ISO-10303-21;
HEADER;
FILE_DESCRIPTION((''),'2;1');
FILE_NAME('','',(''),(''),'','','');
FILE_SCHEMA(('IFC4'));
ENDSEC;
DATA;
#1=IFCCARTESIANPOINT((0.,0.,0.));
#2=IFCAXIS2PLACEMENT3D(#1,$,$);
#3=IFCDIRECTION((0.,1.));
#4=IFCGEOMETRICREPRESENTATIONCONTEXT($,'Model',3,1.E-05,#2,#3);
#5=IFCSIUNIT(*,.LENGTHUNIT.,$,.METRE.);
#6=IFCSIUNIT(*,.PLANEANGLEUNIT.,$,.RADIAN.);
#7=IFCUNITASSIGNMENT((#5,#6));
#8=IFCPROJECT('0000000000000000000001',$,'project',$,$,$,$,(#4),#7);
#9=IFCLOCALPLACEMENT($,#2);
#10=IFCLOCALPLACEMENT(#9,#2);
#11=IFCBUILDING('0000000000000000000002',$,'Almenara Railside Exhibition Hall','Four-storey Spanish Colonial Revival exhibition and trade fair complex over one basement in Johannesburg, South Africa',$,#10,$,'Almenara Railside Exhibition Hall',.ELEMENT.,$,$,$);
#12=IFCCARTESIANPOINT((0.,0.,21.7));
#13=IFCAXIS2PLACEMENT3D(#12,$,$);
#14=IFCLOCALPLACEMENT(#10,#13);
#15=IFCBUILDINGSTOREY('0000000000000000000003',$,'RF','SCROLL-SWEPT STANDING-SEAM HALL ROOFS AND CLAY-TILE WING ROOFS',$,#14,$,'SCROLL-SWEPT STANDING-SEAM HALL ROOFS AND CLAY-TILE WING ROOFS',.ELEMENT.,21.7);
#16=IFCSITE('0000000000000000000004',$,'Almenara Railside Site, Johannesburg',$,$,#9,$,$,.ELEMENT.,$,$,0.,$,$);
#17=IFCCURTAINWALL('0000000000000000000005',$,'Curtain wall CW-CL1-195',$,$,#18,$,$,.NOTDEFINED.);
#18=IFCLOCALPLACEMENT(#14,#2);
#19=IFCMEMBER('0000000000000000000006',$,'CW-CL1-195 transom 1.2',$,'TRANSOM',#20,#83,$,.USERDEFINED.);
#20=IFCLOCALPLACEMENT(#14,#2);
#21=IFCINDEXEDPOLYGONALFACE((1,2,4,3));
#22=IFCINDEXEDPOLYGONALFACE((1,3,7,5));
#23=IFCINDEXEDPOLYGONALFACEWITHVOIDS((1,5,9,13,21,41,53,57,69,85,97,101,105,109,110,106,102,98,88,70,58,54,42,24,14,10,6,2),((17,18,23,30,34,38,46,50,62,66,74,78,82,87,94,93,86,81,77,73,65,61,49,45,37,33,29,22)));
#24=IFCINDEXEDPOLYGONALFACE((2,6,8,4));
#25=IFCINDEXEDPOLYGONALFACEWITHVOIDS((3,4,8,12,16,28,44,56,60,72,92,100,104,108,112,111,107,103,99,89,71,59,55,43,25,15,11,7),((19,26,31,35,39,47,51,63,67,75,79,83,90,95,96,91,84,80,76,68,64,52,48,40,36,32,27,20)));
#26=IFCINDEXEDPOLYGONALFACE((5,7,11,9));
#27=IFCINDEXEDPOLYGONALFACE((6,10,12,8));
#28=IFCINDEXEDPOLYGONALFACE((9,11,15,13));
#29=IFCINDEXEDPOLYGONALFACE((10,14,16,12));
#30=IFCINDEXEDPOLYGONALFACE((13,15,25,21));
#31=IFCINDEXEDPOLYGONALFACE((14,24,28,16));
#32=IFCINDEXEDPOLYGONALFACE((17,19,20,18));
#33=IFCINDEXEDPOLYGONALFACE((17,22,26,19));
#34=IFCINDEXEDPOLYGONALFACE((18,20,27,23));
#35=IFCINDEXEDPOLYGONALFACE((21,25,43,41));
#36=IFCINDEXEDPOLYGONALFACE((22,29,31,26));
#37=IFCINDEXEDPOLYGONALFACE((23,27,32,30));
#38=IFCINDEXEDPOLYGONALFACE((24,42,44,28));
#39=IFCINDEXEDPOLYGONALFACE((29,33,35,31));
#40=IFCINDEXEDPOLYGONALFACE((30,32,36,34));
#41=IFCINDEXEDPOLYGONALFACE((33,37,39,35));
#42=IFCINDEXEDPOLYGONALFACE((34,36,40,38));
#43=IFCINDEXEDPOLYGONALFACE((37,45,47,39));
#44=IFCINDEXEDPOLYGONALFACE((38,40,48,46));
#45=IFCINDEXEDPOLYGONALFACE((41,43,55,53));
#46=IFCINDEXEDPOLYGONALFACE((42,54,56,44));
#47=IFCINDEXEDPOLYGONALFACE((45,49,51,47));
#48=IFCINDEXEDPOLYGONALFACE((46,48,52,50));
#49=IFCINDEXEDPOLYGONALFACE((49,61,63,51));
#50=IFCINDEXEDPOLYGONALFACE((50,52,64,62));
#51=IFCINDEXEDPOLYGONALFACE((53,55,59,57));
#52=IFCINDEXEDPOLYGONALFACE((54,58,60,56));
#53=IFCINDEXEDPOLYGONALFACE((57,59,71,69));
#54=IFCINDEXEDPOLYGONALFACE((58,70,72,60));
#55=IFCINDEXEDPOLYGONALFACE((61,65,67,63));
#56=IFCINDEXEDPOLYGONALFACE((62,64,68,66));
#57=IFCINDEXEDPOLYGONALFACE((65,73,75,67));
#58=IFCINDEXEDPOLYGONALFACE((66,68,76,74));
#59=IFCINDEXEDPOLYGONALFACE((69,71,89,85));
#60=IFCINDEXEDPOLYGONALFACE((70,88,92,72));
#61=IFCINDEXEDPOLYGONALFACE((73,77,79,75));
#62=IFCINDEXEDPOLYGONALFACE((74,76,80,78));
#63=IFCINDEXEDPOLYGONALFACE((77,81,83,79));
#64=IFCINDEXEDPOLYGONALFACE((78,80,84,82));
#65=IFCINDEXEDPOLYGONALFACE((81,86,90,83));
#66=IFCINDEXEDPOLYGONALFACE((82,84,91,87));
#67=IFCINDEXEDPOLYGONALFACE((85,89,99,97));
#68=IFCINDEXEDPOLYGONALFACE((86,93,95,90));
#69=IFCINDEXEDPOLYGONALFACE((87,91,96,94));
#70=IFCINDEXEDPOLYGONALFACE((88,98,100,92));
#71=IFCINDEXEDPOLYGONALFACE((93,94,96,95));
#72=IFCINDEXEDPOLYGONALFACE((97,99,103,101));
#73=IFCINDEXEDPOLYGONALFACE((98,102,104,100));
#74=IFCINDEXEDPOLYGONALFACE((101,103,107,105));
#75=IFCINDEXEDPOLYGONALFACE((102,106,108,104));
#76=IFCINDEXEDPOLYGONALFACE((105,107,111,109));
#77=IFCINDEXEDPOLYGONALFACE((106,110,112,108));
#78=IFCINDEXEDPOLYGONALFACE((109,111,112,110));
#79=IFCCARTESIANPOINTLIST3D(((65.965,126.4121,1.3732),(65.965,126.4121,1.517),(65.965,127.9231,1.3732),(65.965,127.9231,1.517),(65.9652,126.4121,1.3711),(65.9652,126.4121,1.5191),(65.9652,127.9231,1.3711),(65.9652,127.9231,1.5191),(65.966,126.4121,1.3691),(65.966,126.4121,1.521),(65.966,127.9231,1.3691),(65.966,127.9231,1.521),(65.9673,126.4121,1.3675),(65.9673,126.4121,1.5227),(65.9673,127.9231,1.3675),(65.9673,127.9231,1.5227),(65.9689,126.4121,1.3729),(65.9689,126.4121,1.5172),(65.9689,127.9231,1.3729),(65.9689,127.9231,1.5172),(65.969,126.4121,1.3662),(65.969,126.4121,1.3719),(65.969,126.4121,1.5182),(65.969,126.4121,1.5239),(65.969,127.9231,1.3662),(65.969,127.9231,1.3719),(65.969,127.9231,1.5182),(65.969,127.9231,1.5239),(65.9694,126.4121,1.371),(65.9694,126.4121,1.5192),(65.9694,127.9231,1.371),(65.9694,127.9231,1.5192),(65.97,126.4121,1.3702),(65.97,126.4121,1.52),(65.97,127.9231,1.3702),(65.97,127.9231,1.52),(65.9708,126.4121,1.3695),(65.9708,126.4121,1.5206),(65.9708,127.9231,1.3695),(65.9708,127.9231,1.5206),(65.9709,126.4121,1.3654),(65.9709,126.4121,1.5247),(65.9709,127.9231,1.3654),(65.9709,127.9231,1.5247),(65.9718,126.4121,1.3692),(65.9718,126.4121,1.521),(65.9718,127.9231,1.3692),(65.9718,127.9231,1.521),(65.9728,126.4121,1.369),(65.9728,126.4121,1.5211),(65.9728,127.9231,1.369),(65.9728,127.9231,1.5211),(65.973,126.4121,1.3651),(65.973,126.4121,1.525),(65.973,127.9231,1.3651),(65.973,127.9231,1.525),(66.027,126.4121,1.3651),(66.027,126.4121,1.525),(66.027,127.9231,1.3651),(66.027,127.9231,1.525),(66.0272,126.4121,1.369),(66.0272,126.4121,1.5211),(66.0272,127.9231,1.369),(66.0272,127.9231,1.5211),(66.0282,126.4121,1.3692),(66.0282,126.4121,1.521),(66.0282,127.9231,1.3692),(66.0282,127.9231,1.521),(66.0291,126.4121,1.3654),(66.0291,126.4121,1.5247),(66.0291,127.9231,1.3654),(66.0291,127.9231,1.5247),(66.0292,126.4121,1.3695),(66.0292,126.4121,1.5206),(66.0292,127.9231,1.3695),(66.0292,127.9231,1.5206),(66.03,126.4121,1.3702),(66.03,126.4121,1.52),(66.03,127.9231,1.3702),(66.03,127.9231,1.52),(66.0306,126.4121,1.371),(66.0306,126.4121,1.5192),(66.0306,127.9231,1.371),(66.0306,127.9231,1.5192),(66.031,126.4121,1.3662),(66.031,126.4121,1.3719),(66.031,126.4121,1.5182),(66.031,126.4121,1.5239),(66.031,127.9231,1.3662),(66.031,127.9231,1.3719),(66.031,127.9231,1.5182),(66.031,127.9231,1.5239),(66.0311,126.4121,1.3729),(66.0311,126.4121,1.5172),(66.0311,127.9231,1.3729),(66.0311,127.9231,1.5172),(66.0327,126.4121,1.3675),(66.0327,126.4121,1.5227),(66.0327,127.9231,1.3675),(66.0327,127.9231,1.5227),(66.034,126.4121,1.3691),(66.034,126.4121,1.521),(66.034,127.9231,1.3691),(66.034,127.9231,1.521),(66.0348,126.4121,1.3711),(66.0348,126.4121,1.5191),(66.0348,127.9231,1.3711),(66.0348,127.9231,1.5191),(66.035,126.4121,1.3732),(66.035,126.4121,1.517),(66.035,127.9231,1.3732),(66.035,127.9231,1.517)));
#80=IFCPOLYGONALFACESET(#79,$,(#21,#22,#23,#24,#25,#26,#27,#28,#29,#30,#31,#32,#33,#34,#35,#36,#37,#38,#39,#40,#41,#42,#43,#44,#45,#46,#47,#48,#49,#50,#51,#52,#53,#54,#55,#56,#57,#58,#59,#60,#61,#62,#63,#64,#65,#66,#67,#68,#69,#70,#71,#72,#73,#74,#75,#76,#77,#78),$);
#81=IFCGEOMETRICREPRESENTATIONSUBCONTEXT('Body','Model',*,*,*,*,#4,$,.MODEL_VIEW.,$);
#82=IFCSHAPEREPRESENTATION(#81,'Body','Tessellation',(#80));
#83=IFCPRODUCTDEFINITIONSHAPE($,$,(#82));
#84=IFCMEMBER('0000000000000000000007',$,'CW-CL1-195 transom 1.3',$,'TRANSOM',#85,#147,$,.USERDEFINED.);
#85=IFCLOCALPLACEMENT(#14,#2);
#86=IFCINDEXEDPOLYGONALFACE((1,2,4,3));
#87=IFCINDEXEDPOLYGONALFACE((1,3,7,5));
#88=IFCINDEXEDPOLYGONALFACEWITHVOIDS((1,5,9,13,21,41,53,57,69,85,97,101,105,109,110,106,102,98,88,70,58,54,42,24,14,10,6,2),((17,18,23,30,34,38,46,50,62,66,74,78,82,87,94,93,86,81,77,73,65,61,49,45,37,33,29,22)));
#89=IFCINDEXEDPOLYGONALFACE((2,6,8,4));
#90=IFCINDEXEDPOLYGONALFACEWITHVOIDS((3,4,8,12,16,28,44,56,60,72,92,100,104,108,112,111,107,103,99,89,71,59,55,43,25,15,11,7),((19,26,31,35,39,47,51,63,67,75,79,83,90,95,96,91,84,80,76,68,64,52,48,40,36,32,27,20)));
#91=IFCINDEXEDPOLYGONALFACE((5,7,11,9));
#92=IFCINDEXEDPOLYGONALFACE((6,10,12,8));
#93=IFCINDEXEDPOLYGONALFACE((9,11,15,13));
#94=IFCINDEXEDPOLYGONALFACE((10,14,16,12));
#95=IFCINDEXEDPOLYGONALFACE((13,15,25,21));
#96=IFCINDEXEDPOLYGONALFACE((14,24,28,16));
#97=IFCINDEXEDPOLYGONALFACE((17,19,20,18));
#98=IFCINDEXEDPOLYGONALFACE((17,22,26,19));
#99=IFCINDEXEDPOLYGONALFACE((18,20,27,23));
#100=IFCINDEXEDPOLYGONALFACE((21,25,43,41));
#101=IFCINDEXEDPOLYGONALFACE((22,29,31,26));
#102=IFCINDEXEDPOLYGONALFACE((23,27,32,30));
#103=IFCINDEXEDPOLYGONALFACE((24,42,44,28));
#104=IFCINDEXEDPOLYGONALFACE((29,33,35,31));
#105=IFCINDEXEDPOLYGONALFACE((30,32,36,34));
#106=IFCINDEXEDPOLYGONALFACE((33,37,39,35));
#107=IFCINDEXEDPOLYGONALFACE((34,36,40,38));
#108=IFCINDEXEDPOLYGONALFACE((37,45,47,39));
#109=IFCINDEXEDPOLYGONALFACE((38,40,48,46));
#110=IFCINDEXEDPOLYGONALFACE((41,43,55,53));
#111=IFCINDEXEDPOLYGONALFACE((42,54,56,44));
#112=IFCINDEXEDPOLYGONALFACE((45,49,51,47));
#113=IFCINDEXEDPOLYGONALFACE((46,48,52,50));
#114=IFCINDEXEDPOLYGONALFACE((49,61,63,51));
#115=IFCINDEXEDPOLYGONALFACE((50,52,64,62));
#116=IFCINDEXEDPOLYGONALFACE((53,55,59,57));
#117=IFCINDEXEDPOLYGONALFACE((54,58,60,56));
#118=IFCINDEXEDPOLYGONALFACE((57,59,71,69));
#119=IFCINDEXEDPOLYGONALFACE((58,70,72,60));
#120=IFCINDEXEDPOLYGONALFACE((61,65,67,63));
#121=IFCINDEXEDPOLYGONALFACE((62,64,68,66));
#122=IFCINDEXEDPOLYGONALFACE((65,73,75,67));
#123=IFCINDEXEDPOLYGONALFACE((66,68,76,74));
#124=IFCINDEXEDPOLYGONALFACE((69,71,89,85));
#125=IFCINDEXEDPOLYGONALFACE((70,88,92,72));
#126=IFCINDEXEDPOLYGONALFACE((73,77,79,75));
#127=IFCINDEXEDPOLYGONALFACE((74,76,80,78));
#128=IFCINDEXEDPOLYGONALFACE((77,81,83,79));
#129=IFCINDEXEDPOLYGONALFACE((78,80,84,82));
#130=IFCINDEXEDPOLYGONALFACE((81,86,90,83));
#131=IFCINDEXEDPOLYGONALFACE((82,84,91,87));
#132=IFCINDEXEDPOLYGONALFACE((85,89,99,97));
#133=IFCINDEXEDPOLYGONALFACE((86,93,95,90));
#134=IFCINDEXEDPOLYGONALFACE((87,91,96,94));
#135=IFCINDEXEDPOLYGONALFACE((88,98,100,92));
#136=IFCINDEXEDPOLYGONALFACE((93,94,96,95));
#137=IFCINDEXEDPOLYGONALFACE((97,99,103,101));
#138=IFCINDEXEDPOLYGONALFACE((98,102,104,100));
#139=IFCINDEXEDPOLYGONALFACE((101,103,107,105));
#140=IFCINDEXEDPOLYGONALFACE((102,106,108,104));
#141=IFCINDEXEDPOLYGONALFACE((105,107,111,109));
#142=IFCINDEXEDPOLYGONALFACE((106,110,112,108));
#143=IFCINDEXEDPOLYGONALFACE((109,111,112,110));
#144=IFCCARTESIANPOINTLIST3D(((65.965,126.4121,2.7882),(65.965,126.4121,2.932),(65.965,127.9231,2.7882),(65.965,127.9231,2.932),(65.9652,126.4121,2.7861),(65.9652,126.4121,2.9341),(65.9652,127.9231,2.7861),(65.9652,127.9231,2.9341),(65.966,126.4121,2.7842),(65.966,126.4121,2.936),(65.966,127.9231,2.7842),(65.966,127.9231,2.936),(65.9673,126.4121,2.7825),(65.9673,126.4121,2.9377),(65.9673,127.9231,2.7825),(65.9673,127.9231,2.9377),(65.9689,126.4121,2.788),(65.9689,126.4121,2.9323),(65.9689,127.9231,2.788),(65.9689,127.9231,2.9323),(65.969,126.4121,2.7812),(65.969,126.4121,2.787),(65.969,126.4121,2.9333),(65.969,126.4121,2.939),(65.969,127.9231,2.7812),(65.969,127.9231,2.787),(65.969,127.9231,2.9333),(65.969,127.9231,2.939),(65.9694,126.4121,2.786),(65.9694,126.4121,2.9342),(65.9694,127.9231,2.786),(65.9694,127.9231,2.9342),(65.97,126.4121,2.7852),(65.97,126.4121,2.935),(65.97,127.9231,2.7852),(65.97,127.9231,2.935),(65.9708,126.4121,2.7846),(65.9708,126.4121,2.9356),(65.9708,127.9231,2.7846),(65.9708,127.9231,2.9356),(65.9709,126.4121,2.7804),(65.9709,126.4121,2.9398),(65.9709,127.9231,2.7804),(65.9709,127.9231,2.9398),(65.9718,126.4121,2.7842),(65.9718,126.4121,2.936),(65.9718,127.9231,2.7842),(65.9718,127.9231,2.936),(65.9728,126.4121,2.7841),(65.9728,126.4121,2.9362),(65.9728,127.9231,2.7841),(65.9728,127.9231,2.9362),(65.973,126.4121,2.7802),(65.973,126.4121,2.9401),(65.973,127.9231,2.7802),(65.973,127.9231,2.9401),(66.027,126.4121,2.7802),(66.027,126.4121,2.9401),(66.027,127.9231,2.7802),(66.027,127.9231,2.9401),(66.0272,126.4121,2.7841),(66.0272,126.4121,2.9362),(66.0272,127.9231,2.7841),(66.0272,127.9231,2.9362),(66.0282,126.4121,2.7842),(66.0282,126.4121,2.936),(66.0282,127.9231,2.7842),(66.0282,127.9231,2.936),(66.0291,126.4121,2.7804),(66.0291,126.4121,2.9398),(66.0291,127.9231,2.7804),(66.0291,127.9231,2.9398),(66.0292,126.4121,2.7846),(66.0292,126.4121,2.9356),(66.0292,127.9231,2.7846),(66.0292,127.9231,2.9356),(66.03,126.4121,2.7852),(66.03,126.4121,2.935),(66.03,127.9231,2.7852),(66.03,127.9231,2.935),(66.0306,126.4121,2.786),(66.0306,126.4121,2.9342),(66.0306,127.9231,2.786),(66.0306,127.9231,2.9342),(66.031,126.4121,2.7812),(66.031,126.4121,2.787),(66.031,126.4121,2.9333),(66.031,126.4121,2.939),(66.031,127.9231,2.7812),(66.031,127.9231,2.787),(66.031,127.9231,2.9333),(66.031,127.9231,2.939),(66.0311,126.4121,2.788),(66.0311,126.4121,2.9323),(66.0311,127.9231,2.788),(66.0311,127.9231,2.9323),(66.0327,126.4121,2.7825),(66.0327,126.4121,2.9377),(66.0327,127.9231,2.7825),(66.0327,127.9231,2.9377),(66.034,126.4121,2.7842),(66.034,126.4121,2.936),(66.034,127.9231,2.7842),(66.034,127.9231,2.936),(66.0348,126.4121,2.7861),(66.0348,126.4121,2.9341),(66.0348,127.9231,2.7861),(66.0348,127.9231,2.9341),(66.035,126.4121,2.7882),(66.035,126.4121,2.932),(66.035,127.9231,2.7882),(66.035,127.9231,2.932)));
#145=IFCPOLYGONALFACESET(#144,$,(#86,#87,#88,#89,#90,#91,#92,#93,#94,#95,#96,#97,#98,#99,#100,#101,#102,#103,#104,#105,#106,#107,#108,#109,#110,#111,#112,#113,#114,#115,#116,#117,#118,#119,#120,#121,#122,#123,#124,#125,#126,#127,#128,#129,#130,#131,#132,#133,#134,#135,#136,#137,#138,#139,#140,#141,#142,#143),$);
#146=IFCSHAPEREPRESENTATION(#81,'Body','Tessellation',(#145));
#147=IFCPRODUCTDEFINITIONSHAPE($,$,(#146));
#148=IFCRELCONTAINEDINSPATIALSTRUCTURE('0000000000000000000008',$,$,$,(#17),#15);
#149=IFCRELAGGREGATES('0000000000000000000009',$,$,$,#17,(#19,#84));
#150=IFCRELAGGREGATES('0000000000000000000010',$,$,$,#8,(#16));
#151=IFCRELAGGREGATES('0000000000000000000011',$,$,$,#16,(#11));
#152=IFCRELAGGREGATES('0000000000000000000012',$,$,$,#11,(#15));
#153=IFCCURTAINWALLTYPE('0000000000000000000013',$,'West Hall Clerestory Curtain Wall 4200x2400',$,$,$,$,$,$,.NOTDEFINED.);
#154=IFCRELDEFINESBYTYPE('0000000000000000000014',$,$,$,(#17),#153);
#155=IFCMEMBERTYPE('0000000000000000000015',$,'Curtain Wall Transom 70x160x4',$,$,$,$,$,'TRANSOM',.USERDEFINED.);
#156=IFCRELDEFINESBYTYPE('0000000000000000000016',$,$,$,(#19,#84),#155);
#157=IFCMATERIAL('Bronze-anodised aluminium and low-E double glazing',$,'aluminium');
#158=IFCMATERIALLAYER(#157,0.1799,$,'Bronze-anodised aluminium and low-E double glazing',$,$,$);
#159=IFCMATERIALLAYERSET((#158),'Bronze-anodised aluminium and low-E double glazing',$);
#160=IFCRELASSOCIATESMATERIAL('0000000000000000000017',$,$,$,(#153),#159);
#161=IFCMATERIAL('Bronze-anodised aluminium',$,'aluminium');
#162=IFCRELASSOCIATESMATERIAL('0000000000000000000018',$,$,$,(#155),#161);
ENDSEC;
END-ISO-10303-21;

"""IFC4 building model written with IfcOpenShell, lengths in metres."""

from ifc_helpers import new_model, si_unit, direction, frame, origin, origin_2d, place, context, subcontext, project, spatial, hollow_rectangle, extrude, material, layer, layer_set, material_profile, profile_set, type_object, element, aggregate, save


model = new_model("IFC4")

# Units and contexts
model_context = context("Model", 3, precision=1e-05, world=origin(), true_north=direction((0.0, 1.0)))
body_context = subcontext(model_context, "Body", "Model", "MODEL_VIEW")
ifc_project = project(units=[si_unit("LENGTHUNIT", "METRE"), si_unit("PLANEANGLEUNIT", "RADIAN")], contexts=[model_context])

# Site, building, storey
site_placement = place(None, origin())
site = spatial("IfcSite", under=ifc_project, at=site_placement, Name="Almenara Railside Site, Johannesburg", CompositionType="ELEMENT", RefElevation=0.0)
building_placement = place(site_placement, origin())
building = spatial("IfcBuilding", under=site, at=building_placement, Name="Almenara Railside Exhibition Hall", Description="Four-storey Spanish Colonial Revival exhibition and trade fair complex over one basement in Johannesburg, South Africa", LongName="Almenara Railside Exhibition Hall", CompositionType="ELEMENT")
storey_placement = place(building_placement, frame((0.0, 0.0, 21.7)))
storey = spatial("IfcBuildingStorey", under=building, at=storey_placement, Name="RF", Description="SCROLL-SWEPT STANDING-SEAM HALL ROOFS AND CLAY-TILE WING ROOFS", LongName="SCROLL-SWEPT STANDING-SEAM HALL ROOFS AND CLAY-TILE WING ROOFS", CompositionType="ELEMENT", Elevation=21.7)

# Curtain wall
ifc_material_1 = material(Name="Bronze-anodised aluminium and low-E double glazing", Category="aluminium")
ifc_layer_1 = layer(ifc_material_1, 0.1799, Name="Bronze-anodised aluminium and low-E double glazing")
ifc_layer_set_1 = layer_set([ifc_layer_1], Name="Bronze-anodised aluminium and low-E double glazing")
curtain_wall_type = type_object("IfcCurtainWallType", Name="West Hall Clerestory Curtain Wall 4200x2400", PredefinedType="NOTDEFINED", material=ifc_layer_set_1)
ifc_material_2 = material(Name="Bronze-anodised aluminium", Category="aluminium")
curtain_wall_1_placement = place(storey_placement, origin())
curtain_wall_1 = element("IfcCurtainWall", 1, at=curtain_wall_1_placement, inside=storey, type_object=curtain_wall_type, Name="Curtain wall CW-CL1-195", PredefinedType="NOTDEFINED")

# Members
ifc_material_profile_1 = material_profile(ifc_material_2, hollow_rectangle(XDim=0.0701, YDim=0.1599, WallThickness=0.0039, InnerFilletRadius=0.0039, OuterFilletRadius=0.0081, at=origin_2d()), Name="ALU-TRN 70x160x4")
ifc_profile_set_1 = profile_set([ifc_material_profile_1], Name="Bronze-anodised aluminium")
member_type_1 = type_object("IfcMemberType", Name="Curtain Wall Transom 70x160x4", ElementType="TRANSOM", PredefinedType="USERDEFINED", material=ifc_profile_set_1)
member_1_placement = place(storey_placement, frame((66.0, 126.4121, 1.4451), z_axis=(0.0, 1.0, 0.0), x_axis=(-1.0, 0.0, 0.0)))
member_1 = element("IfcMember", 2, at=member_1_placement, type_object=member_type_1, Name="CW-CL1-195 transom 1.2", ObjectType="TRANSOM", PredefinedType="USERDEFINED", context=body_context, shape_type="SweptSolid", body=[
    extrude(hollow_rectangle(XDim=0.0701, YDim=0.1599, WallThickness=0.0039, InnerFilletRadius=0.0039, OuterFilletRadius=0.0081, at=origin_2d()), origin(), (0.0, 0.0, 1.0), 1.511),
])
member_2_placement = place(storey_placement, frame((66.0, 126.4121, 2.8601), z_axis=(0.0, 1.0, 0.0), x_axis=(-1.0, 0.0, 0.0)))
member_2 = element("IfcMember", 3, at=member_2_placement, type_object=member_type_1, Name="CW-CL1-195 transom 1.3", ObjectType="TRANSOM", PredefinedType="USERDEFINED", context=body_context, shape_type="SweptSolid", body=[
    extrude(hollow_rectangle(XDim=0.0701, YDim=0.1599, WallThickness=0.0039, InnerFilletRadius=0.0039, OuterFilletRadius=0.0081, at=origin_2d()), origin(), (0.0, 0.0, 1.0), 1.511),
])

aggregate(curtain_wall_1, [member_1, member_2])

save(model, "model.ifc")
